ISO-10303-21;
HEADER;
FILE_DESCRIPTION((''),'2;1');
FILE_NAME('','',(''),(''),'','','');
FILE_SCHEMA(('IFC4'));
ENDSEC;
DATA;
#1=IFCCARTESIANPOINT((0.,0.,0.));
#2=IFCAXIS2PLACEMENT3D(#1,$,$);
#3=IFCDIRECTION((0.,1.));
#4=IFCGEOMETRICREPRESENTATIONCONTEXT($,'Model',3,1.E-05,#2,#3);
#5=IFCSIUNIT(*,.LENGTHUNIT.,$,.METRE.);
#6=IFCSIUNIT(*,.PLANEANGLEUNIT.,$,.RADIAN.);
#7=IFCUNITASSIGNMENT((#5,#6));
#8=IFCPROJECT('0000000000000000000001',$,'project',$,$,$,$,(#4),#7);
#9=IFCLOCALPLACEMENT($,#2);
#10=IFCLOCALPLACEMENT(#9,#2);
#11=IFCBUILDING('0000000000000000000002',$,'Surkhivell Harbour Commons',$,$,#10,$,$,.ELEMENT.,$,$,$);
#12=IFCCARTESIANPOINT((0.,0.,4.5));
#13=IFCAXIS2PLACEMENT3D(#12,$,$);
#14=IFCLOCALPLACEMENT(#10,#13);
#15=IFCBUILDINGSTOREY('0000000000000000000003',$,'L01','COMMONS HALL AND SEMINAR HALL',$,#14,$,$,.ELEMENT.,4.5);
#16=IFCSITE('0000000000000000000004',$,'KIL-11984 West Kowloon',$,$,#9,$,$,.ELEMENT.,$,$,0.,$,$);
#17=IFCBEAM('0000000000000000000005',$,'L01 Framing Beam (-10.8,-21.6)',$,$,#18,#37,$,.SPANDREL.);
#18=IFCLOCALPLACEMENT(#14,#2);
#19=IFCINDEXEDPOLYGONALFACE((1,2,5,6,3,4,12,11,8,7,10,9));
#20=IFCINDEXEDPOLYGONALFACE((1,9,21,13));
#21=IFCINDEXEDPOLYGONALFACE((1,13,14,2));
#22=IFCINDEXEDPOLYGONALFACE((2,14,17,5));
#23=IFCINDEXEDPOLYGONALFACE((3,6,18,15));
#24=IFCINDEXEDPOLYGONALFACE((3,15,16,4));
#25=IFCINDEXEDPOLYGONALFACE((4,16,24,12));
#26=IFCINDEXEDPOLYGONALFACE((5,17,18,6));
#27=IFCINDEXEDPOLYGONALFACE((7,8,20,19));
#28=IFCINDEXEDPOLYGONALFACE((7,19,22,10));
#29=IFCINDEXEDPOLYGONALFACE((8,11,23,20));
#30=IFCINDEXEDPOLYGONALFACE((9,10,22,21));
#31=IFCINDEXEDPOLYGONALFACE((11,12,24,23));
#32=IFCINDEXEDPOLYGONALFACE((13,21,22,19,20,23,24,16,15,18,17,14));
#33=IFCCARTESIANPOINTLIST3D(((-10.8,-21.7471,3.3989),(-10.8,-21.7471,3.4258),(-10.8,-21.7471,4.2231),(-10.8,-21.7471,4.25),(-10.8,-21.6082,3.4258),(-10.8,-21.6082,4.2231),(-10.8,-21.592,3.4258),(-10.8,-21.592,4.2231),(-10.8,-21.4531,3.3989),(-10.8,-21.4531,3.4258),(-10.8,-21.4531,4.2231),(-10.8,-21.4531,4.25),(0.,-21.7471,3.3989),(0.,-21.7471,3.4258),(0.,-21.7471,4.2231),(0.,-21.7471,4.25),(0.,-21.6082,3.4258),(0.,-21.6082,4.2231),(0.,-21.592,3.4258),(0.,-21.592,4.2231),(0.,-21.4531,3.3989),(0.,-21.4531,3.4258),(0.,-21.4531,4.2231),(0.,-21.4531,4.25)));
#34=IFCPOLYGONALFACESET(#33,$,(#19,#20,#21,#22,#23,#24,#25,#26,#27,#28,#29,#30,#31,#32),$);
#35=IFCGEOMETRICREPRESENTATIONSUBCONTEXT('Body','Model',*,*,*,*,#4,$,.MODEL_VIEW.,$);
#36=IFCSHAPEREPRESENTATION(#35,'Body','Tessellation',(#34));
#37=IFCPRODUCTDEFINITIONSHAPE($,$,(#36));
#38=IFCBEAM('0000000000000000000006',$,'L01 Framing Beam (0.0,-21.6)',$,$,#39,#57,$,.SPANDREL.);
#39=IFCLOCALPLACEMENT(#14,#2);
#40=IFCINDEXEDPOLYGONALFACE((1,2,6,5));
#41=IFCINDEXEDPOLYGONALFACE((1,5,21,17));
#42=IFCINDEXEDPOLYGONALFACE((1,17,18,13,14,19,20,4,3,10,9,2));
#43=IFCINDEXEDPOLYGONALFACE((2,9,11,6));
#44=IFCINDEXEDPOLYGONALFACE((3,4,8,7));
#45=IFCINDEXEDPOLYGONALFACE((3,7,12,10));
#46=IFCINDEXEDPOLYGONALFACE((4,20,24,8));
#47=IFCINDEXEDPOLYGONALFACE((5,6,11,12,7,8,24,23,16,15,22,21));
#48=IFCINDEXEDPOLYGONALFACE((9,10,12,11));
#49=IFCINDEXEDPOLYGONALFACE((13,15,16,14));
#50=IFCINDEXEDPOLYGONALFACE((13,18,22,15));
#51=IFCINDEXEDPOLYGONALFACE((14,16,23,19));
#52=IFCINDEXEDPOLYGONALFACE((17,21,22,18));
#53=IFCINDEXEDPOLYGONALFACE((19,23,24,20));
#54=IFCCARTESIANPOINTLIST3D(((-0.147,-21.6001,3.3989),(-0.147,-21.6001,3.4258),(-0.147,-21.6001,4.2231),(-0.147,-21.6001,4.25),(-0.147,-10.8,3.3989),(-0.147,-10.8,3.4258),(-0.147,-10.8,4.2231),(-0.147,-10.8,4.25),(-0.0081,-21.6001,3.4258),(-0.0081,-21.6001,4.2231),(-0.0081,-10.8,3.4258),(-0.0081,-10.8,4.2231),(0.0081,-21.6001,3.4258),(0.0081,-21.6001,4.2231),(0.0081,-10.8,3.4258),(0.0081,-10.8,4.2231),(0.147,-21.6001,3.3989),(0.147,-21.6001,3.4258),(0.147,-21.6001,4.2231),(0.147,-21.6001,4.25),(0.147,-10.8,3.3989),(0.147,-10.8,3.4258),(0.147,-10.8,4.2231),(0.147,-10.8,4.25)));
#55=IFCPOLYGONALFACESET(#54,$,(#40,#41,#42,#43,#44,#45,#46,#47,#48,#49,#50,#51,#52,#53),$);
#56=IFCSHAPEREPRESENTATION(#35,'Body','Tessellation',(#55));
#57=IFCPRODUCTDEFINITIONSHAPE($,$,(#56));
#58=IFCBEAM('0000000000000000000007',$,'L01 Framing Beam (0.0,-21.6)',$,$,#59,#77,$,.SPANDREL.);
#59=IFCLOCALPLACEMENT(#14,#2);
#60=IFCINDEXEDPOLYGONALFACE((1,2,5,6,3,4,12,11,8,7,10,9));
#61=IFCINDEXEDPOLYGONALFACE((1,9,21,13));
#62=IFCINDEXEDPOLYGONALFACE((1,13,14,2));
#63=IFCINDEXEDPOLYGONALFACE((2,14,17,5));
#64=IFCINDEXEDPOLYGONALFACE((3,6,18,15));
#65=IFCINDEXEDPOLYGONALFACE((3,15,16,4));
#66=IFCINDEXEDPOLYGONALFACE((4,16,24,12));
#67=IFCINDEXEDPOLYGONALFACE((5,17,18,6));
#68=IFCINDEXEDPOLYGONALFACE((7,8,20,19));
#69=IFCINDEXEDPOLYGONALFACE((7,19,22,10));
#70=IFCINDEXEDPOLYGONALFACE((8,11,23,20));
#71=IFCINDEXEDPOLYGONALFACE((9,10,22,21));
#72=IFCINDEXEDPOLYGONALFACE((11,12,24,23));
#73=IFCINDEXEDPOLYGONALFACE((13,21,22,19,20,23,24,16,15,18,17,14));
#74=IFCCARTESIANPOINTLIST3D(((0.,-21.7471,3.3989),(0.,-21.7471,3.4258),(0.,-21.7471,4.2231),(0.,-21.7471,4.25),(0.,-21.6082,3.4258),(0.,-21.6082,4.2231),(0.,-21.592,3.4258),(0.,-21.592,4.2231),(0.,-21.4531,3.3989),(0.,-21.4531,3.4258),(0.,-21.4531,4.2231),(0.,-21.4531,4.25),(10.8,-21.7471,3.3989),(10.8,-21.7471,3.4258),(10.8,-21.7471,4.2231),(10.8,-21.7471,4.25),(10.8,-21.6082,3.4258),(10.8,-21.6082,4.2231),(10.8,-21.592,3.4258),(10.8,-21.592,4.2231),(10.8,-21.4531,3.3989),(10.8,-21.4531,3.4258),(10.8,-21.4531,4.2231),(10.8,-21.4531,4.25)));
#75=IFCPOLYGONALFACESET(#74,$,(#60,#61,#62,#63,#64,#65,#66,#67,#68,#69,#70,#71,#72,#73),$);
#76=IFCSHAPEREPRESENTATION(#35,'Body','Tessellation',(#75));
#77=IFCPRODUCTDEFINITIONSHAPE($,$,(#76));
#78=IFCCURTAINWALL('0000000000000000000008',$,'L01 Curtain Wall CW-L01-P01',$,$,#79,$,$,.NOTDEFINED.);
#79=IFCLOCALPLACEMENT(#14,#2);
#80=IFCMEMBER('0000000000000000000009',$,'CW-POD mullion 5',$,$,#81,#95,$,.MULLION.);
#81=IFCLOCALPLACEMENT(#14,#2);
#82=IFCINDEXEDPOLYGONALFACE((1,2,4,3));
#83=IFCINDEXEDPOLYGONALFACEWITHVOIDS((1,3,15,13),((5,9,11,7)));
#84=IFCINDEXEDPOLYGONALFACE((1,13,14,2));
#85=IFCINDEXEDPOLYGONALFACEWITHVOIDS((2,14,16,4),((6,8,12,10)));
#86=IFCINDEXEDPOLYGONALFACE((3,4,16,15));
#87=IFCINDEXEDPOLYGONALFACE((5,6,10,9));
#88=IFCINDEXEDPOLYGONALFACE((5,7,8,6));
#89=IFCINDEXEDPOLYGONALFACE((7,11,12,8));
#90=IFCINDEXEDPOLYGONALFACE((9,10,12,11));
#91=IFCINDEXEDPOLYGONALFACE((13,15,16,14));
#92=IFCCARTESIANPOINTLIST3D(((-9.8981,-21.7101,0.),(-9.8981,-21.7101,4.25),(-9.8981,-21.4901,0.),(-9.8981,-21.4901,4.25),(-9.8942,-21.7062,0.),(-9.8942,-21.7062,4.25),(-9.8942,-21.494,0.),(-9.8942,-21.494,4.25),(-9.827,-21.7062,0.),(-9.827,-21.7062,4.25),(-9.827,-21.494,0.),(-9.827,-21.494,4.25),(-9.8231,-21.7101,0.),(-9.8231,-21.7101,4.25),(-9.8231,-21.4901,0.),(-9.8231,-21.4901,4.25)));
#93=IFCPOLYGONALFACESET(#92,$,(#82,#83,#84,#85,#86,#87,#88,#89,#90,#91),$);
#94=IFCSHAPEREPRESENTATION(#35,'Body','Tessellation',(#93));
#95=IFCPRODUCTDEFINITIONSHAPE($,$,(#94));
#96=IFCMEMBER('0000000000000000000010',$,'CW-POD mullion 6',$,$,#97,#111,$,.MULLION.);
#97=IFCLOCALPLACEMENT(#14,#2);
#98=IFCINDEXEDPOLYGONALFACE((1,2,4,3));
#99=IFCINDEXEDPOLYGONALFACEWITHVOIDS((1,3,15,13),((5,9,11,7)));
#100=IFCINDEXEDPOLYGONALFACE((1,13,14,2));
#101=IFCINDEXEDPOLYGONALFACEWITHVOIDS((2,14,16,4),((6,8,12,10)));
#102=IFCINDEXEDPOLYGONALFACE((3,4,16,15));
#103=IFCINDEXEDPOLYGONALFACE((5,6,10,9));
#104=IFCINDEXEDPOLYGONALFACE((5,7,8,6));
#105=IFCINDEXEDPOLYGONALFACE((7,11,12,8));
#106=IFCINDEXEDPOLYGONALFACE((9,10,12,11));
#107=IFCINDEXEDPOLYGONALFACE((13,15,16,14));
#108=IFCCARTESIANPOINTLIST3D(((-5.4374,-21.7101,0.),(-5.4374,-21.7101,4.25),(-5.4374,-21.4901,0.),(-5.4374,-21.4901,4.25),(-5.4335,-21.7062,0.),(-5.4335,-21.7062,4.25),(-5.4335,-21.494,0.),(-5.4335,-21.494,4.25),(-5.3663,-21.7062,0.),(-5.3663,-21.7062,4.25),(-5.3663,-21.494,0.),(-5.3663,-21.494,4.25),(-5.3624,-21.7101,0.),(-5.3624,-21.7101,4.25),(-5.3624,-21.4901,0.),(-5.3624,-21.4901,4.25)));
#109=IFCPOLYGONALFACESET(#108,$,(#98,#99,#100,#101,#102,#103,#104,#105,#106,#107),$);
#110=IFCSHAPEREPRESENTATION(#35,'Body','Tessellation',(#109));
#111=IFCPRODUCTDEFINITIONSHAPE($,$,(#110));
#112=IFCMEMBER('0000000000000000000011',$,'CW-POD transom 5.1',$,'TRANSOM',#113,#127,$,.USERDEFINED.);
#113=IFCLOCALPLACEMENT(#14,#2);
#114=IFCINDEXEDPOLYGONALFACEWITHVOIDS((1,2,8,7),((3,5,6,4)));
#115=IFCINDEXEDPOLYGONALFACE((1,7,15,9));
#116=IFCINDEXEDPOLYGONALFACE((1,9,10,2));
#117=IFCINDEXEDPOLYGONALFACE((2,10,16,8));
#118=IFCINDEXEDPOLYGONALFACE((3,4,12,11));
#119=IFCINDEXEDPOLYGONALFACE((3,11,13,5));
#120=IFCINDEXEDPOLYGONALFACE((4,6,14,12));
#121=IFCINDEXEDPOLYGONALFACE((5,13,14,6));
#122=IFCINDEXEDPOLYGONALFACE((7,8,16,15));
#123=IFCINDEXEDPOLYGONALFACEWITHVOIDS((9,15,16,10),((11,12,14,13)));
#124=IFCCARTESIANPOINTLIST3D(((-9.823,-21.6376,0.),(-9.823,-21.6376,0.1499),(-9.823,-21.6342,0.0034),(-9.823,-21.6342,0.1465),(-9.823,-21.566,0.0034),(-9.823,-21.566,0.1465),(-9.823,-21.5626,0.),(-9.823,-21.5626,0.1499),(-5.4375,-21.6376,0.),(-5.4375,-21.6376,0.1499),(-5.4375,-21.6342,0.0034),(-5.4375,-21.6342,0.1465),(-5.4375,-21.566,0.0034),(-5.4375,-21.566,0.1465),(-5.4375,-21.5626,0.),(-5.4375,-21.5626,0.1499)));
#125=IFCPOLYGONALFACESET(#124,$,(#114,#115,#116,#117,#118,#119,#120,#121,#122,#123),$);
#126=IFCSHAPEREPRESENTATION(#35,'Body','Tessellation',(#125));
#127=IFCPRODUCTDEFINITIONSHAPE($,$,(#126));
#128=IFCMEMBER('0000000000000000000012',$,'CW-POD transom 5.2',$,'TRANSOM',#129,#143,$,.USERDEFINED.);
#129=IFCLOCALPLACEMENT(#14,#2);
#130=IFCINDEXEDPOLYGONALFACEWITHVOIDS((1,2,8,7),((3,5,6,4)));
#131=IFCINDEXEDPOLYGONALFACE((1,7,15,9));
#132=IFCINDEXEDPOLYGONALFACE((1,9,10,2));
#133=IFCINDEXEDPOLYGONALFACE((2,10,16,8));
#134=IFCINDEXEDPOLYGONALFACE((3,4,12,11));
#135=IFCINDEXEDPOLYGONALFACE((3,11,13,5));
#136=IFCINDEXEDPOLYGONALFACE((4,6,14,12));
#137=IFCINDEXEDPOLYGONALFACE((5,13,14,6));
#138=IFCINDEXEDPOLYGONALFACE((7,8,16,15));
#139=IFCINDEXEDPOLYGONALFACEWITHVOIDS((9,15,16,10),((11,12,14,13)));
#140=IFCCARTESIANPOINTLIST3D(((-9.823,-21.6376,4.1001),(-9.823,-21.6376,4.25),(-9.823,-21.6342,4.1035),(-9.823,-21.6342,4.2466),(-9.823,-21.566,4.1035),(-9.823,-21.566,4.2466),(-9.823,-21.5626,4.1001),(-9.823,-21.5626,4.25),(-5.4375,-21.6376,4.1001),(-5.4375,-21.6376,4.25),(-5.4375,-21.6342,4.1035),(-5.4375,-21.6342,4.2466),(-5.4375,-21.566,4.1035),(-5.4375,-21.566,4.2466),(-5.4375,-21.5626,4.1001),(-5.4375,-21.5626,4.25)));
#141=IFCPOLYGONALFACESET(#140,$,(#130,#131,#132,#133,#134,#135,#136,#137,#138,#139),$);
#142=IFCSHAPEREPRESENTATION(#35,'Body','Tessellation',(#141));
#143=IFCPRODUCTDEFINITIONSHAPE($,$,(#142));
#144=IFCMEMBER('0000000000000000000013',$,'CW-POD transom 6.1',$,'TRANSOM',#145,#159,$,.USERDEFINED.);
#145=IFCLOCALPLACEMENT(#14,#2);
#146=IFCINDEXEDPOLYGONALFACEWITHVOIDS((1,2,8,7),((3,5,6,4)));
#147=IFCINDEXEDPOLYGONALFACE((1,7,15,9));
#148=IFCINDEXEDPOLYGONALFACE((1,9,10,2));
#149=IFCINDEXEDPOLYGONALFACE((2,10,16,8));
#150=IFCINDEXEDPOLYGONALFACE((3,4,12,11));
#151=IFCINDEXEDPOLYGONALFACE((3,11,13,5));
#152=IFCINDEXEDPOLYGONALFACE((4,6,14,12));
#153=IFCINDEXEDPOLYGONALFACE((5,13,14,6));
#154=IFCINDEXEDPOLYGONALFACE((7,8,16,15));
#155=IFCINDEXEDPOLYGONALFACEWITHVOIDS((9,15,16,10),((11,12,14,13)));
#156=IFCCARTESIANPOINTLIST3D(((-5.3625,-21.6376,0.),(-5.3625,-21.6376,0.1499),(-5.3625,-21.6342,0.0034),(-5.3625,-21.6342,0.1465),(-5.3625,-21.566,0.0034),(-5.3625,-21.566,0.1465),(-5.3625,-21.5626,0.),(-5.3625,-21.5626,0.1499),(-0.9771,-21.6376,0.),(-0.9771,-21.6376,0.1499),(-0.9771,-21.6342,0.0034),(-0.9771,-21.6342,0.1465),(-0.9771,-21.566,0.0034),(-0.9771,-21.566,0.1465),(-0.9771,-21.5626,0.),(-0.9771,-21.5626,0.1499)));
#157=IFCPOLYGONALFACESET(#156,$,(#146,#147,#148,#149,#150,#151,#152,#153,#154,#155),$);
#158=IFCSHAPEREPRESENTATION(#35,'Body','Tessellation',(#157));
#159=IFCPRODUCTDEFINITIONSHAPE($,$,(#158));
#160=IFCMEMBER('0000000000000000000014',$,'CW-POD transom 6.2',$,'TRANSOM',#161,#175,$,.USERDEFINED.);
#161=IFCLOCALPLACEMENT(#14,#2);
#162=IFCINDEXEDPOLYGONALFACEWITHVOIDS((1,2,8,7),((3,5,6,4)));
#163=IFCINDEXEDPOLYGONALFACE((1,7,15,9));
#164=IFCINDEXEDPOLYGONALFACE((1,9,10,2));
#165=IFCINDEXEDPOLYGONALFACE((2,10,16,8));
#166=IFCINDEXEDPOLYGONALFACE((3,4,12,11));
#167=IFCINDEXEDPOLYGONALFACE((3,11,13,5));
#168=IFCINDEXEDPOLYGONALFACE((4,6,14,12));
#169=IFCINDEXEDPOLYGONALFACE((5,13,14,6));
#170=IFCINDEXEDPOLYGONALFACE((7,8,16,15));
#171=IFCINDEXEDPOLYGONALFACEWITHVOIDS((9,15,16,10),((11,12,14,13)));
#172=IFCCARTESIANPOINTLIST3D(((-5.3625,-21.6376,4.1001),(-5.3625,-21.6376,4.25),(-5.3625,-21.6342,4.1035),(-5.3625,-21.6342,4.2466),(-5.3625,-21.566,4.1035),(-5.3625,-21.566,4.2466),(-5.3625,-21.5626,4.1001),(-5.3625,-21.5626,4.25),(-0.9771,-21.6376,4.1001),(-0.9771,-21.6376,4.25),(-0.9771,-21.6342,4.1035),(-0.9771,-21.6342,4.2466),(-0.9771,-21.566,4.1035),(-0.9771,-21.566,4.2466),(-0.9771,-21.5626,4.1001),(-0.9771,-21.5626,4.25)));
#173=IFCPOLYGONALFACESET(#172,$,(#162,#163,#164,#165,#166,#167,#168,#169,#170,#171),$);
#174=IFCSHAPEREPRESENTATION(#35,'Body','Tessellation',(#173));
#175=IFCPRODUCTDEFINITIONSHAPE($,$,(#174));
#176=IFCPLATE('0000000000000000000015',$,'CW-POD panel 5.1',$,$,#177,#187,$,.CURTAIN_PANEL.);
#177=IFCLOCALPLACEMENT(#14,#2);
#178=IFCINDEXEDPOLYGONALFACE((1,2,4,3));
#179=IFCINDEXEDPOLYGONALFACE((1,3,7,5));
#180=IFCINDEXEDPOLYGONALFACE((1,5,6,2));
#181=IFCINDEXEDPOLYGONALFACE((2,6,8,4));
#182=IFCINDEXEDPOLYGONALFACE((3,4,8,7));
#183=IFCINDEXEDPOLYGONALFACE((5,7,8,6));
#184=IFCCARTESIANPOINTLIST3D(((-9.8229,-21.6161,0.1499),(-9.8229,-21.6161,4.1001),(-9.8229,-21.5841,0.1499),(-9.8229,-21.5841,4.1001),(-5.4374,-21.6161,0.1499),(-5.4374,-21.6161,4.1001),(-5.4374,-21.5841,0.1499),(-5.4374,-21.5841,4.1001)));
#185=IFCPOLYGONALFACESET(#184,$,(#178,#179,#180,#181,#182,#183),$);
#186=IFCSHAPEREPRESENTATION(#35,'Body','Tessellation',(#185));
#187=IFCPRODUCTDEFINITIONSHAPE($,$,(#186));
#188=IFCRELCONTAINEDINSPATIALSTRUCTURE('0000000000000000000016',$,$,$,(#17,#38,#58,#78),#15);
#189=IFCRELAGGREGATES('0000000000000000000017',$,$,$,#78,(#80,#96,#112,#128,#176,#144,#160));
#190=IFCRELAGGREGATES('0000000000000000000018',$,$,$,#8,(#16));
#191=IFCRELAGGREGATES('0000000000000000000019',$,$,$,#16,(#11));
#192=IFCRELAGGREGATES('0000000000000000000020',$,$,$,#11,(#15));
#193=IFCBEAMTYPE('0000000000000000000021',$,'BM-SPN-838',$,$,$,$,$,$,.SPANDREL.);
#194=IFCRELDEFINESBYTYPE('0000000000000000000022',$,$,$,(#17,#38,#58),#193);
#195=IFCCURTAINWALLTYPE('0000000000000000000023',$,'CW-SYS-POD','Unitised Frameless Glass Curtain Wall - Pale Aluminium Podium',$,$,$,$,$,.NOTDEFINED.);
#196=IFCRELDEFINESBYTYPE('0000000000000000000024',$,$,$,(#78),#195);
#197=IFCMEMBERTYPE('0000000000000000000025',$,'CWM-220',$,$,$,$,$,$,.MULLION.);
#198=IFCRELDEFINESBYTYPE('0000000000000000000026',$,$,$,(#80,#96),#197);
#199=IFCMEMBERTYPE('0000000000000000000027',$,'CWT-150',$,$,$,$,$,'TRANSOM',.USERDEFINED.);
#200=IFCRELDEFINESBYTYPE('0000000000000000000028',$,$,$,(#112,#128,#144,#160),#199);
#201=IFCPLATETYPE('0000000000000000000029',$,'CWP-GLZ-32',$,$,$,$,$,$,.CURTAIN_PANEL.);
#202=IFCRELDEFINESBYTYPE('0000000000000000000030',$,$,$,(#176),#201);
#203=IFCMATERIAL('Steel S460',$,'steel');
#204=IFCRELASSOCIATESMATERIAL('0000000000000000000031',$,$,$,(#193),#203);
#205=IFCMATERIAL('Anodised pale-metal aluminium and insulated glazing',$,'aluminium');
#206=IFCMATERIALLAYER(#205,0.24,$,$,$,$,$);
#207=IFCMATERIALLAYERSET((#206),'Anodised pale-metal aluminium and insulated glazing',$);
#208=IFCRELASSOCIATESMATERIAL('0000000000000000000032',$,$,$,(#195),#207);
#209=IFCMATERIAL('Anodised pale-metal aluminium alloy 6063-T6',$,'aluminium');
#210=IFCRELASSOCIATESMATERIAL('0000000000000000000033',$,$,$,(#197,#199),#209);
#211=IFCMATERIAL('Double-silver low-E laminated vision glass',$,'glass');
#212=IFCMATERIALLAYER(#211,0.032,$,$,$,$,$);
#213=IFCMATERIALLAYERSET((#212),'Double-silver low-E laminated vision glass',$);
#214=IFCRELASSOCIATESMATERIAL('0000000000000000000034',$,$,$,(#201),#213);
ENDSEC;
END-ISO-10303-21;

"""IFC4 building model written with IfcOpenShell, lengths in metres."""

from ifc_helpers import new_model, si_unit, direction, frame, frame_2d, origin, origin_2d, place, context, subcontext, project, spatial, rectangle, hollow_rectangle, i_section, extrude, material, layer, layer_set, material_profile, profile_set, type_object, element, aggregate, save


model = new_model("IFC4")

# Units and contexts
model_context = context("Model", 3, precision=1e-05, world=origin(), true_north=direction((0.0, 1.0)))
body_context = subcontext(model_context, "Body", "Model", "MODEL_VIEW")
ifc_project = project(units=[si_unit("LENGTHUNIT", "METRE"), si_unit("PLANEANGLEUNIT", "RADIAN")], contexts=[model_context])

# Site, building, storey
site_placement = place(None, origin())
site = spatial("IfcSite", under=ifc_project, at=site_placement, Name="KIL-11984 West Kowloon", CompositionType="ELEMENT", RefElevation=0.0)
building_placement = place(site_placement, origin())
building = spatial("IfcBuilding", under=site, at=building_placement, Name="Surkhivell Harbour Commons", CompositionType="ELEMENT")
storey_placement = place(building_placement, frame((0.0, 0.0, 4.5)))
storey = spatial("IfcBuildingStorey", under=building, at=storey_placement, Name="L01", Description="COMMONS HALL AND SEMINAR HALL", CompositionType="ELEMENT", Elevation=4.5)

# Beams
ifc_material_1 = material(Name="Steel S460", Category="steel")
ifc_material_profile_1 = material_profile(ifc_material_1, i_section(OverallWidth=0.2939, OverallDepth=0.8511, WebThickness=0.0161, FlangeThickness=0.0269, at=origin_2d()), Name="UB838x292x226")
ifc_profile_set_1 = profile_set([ifc_material_profile_1], Name="Steel S460")
beam_type = type_object("IfcBeamType", Name="BM-SPN-838", PredefinedType="SPANDREL", material=ifc_profile_set_1)
for number, where, z_axis, x_axis, name in (
    (1, (-10.8, -21.6001, 3.8245), (1.0, 0.0, 0.0), (0.0, 1.0, 0.0), "L01 Framing Beam (-10.8,-21.6)"),
    (2, (0.0, -21.6001, 3.8245), (0.0, 1.0, 0.0), (-1.0, 0.0, 0.0), "L01 Framing Beam (0.0,-21.6)"),
    (3, (0.0, -21.6001, 3.8245), (1.0, 0.0, 0.0), (0.0, 1.0, 0.0), "L01 Framing Beam (0.0,-21.6)"),
):
    element("IfcBeam", number, at=place(storey_placement, frame(where, z_axis=z_axis, x_axis=x_axis)), inside=storey, type_object=beam_type, Name=name, PredefinedType="SPANDREL", context=body_context, shape_type="SweptSolid", body=[
        extrude(i_section(OverallWidth=0.2939, OverallDepth=0.8511, WebThickness=0.0161, FlangeThickness=0.0269, at=origin_2d()), origin(), (0.0, 0.0, 1.0), 10.8),
    ])

# Curtain wall, members, plate
ifc_material_2 = material(Name="Anodised pale-metal aluminium and insulated glazing", Category="aluminium")
ifc_layer_1 = layer(ifc_material_2, 0.24)
ifc_layer_set_1 = layer_set([ifc_layer_1], Name="Anodised pale-metal aluminium and insulated glazing")
curtain_wall_type = type_object("IfcCurtainWallType", Name="CW-SYS-POD", Description="Unitised Frameless Glass Curtain Wall - Pale Aluminium Podium", PredefinedType="NOTDEFINED", material=ifc_layer_set_1)
curtain_wall_placement = place(storey_placement, origin())
curtain_wall = element("IfcCurtainWall", 4, at=curtain_wall_placement, inside=storey, type_object=curtain_wall_type, Name="L01 Curtain Wall CW-L01-P01", PredefinedType="NOTDEFINED")
ifc_material_3 = material(Name="Anodised pale-metal aluminium alloy 6063-T6", Category="aluminium")
ifc_material_profile_2 = material_profile(ifc_material_3, hollow_rectangle(XDim=0.075, YDim=0.22, WallThickness=0.0039, at=origin_2d()), Name="ALU-MULL-75x220")
ifc_profile_set_2 = profile_set([ifc_material_profile_2], Name="Anodised pale-metal aluminium alloy 6063-T6")
member_type_1 = type_object("IfcMemberType", Name="CWM-220", PredefinedType="MULLION", material=ifc_profile_set_2)
member_1_placement = place(storey_placement, frame((-9.8606, -21.6001, 0.0), z_axis=(0.0, 0.0, 1.0), x_axis=(1.0, 0.0, 0.0)))
member_1 = element("IfcMember", 5, at=member_1_placement, type_object=member_type_1, Name="CW-POD mullion 5", PredefinedType="MULLION", context=body_context, shape_type="SweptSolid", body=[
    extrude(hollow_rectangle(XDim=0.075, YDim=0.22, WallThickness=0.0039, at=origin_2d()), origin(), (0.0, 0.0, 1.0), 4.25),
])
member_2_placement = place(storey_placement, frame((-5.3999, -21.6001, 0.0), z_axis=(0.0, 0.0, 1.0), x_axis=(1.0, 0.0, 0.0)))
member_2 = element("IfcMember", 6, at=member_2_placement, type_object=member_type_1, Name="CW-POD mullion 6", PredefinedType="MULLION", context=body_context, shape_type="SweptSolid", body=[
    extrude(hollow_rectangle(XDim=0.075, YDim=0.22, WallThickness=0.0039, at=origin_2d()), origin(), (0.0, 0.0, 1.0), 4.25),
])
ifc_material_profile_3 = material_profile(ifc_material_3, hollow_rectangle(XDim=0.075, YDim=0.1499, WallThickness=0.0034, at=origin_2d()), Name="ALU-TRAN-75x150")
ifc_profile_set_3 = profile_set([ifc_material_profile_3], Name="Anodised pale-metal aluminium alloy 6063-T6")
member_type_2 = type_object("IfcMemberType", Name="CWT-150", ElementType="TRANSOM", PredefinedType="USERDEFINED", material=ifc_profile_set_3)
member_3_placement = place(storey_placement, frame((-9.823, -21.6001, 0.075), z_axis=(1.0, 0.0, 0.0), x_axis=(0.0, 1.0, 0.0)))
member_3 = element("IfcMember", 7, at=member_3_placement, type_object=member_type_2, Name="CW-POD transom 5.1", ObjectType="TRANSOM", PredefinedType="USERDEFINED", context=body_context, shape_type="SweptSolid", body=[
    extrude(hollow_rectangle(XDim=0.075, YDim=0.1499, WallThickness=0.0034, at=origin_2d()), origin(), (0.0, 0.0, 1.0), 4.3855),
])
member_4_placement = place(storey_placement, frame((-9.823, -21.6001, 4.175), z_axis=(1.0, 0.0, 0.0), x_axis=(0.0, 1.0, 0.0)))
member_4 = element("IfcMember", 8, at=member_4_placement, type_object=member_type_2, Name="CW-POD transom 5.2", ObjectType="TRANSOM", PredefinedType="USERDEFINED", context=body_context, shape_type="SweptSolid", body=[
    extrude(hollow_rectangle(XDim=0.075, YDim=0.1499, WallThickness=0.0034, at=origin_2d()), origin(), (0.0, 0.0, 1.0), 4.3855),
])
member_5_placement = place(storey_placement, frame((-5.3625, -21.6001, 0.075), z_axis=(1.0, 0.0, 0.0), x_axis=(0.0, 1.0, 0.0)))
member_5 = element("IfcMember", 9, at=member_5_placement, type_object=member_type_2, Name="CW-POD transom 6.1", ObjectType="TRANSOM", PredefinedType="USERDEFINED", context=body_context, shape_type="SweptSolid", body=[
    extrude(hollow_rectangle(XDim=0.075, YDim=0.1499, WallThickness=0.0034, at=origin_2d()), origin(), (0.0, 0.0, 1.0), 4.3855),
])
member_6_placement = place(storey_placement, frame((-5.3625, -21.6001, 4.175), z_axis=(1.0, 0.0, 0.0), x_axis=(0.0, 1.0, 0.0)))
member_6 = element("IfcMember", 10, at=member_6_placement, type_object=member_type_2, Name="CW-POD transom 6.2", ObjectType="TRANSOM", PredefinedType="USERDEFINED", context=body_context, shape_type="SweptSolid", body=[
    extrude(hollow_rectangle(XDim=0.075, YDim=0.1499, WallThickness=0.0034, at=origin_2d()), origin(), (0.0, 0.0, 1.0), 4.3855),
])
ifc_material_4 = material(Name="Double-silver low-E laminated vision glass", Category="glass")
ifc_layer_2 = layer(ifc_material_4, 0.032)
ifc_layer_set_2 = layer_set([ifc_layer_2], Name="Double-silver low-E laminated vision glass")
plate_type = type_object("IfcPlateType", Name="CWP-GLZ-32", PredefinedType="CURTAIN_PANEL", material=ifc_layer_set_2)
plate_1_placement = place(storey_placement, frame((-9.823, -21.6001, 0.1499), z_axis=(0.0, 0.0, 1.0), x_axis=(1.0, 0.0, 0.0)))
plate_1 = element("IfcPlate", 11, at=plate_1_placement, type_object=plate_type, Name="CW-POD panel 5.1", PredefinedType="CURTAIN_PANEL", context=body_context, shape_type="SweptSolid", body=[
    extrude(rectangle(XDim=4.3855, YDim=0.032, at=frame_2d((2.1929, 0.0))), origin(), (0.0, 0.0, 1.0), 3.9502),
])
aggregate(curtain_wall, [member_1, member_2, member_3, member_4, plate_1, member_5, member_6])

save(model, "model.ifc")
